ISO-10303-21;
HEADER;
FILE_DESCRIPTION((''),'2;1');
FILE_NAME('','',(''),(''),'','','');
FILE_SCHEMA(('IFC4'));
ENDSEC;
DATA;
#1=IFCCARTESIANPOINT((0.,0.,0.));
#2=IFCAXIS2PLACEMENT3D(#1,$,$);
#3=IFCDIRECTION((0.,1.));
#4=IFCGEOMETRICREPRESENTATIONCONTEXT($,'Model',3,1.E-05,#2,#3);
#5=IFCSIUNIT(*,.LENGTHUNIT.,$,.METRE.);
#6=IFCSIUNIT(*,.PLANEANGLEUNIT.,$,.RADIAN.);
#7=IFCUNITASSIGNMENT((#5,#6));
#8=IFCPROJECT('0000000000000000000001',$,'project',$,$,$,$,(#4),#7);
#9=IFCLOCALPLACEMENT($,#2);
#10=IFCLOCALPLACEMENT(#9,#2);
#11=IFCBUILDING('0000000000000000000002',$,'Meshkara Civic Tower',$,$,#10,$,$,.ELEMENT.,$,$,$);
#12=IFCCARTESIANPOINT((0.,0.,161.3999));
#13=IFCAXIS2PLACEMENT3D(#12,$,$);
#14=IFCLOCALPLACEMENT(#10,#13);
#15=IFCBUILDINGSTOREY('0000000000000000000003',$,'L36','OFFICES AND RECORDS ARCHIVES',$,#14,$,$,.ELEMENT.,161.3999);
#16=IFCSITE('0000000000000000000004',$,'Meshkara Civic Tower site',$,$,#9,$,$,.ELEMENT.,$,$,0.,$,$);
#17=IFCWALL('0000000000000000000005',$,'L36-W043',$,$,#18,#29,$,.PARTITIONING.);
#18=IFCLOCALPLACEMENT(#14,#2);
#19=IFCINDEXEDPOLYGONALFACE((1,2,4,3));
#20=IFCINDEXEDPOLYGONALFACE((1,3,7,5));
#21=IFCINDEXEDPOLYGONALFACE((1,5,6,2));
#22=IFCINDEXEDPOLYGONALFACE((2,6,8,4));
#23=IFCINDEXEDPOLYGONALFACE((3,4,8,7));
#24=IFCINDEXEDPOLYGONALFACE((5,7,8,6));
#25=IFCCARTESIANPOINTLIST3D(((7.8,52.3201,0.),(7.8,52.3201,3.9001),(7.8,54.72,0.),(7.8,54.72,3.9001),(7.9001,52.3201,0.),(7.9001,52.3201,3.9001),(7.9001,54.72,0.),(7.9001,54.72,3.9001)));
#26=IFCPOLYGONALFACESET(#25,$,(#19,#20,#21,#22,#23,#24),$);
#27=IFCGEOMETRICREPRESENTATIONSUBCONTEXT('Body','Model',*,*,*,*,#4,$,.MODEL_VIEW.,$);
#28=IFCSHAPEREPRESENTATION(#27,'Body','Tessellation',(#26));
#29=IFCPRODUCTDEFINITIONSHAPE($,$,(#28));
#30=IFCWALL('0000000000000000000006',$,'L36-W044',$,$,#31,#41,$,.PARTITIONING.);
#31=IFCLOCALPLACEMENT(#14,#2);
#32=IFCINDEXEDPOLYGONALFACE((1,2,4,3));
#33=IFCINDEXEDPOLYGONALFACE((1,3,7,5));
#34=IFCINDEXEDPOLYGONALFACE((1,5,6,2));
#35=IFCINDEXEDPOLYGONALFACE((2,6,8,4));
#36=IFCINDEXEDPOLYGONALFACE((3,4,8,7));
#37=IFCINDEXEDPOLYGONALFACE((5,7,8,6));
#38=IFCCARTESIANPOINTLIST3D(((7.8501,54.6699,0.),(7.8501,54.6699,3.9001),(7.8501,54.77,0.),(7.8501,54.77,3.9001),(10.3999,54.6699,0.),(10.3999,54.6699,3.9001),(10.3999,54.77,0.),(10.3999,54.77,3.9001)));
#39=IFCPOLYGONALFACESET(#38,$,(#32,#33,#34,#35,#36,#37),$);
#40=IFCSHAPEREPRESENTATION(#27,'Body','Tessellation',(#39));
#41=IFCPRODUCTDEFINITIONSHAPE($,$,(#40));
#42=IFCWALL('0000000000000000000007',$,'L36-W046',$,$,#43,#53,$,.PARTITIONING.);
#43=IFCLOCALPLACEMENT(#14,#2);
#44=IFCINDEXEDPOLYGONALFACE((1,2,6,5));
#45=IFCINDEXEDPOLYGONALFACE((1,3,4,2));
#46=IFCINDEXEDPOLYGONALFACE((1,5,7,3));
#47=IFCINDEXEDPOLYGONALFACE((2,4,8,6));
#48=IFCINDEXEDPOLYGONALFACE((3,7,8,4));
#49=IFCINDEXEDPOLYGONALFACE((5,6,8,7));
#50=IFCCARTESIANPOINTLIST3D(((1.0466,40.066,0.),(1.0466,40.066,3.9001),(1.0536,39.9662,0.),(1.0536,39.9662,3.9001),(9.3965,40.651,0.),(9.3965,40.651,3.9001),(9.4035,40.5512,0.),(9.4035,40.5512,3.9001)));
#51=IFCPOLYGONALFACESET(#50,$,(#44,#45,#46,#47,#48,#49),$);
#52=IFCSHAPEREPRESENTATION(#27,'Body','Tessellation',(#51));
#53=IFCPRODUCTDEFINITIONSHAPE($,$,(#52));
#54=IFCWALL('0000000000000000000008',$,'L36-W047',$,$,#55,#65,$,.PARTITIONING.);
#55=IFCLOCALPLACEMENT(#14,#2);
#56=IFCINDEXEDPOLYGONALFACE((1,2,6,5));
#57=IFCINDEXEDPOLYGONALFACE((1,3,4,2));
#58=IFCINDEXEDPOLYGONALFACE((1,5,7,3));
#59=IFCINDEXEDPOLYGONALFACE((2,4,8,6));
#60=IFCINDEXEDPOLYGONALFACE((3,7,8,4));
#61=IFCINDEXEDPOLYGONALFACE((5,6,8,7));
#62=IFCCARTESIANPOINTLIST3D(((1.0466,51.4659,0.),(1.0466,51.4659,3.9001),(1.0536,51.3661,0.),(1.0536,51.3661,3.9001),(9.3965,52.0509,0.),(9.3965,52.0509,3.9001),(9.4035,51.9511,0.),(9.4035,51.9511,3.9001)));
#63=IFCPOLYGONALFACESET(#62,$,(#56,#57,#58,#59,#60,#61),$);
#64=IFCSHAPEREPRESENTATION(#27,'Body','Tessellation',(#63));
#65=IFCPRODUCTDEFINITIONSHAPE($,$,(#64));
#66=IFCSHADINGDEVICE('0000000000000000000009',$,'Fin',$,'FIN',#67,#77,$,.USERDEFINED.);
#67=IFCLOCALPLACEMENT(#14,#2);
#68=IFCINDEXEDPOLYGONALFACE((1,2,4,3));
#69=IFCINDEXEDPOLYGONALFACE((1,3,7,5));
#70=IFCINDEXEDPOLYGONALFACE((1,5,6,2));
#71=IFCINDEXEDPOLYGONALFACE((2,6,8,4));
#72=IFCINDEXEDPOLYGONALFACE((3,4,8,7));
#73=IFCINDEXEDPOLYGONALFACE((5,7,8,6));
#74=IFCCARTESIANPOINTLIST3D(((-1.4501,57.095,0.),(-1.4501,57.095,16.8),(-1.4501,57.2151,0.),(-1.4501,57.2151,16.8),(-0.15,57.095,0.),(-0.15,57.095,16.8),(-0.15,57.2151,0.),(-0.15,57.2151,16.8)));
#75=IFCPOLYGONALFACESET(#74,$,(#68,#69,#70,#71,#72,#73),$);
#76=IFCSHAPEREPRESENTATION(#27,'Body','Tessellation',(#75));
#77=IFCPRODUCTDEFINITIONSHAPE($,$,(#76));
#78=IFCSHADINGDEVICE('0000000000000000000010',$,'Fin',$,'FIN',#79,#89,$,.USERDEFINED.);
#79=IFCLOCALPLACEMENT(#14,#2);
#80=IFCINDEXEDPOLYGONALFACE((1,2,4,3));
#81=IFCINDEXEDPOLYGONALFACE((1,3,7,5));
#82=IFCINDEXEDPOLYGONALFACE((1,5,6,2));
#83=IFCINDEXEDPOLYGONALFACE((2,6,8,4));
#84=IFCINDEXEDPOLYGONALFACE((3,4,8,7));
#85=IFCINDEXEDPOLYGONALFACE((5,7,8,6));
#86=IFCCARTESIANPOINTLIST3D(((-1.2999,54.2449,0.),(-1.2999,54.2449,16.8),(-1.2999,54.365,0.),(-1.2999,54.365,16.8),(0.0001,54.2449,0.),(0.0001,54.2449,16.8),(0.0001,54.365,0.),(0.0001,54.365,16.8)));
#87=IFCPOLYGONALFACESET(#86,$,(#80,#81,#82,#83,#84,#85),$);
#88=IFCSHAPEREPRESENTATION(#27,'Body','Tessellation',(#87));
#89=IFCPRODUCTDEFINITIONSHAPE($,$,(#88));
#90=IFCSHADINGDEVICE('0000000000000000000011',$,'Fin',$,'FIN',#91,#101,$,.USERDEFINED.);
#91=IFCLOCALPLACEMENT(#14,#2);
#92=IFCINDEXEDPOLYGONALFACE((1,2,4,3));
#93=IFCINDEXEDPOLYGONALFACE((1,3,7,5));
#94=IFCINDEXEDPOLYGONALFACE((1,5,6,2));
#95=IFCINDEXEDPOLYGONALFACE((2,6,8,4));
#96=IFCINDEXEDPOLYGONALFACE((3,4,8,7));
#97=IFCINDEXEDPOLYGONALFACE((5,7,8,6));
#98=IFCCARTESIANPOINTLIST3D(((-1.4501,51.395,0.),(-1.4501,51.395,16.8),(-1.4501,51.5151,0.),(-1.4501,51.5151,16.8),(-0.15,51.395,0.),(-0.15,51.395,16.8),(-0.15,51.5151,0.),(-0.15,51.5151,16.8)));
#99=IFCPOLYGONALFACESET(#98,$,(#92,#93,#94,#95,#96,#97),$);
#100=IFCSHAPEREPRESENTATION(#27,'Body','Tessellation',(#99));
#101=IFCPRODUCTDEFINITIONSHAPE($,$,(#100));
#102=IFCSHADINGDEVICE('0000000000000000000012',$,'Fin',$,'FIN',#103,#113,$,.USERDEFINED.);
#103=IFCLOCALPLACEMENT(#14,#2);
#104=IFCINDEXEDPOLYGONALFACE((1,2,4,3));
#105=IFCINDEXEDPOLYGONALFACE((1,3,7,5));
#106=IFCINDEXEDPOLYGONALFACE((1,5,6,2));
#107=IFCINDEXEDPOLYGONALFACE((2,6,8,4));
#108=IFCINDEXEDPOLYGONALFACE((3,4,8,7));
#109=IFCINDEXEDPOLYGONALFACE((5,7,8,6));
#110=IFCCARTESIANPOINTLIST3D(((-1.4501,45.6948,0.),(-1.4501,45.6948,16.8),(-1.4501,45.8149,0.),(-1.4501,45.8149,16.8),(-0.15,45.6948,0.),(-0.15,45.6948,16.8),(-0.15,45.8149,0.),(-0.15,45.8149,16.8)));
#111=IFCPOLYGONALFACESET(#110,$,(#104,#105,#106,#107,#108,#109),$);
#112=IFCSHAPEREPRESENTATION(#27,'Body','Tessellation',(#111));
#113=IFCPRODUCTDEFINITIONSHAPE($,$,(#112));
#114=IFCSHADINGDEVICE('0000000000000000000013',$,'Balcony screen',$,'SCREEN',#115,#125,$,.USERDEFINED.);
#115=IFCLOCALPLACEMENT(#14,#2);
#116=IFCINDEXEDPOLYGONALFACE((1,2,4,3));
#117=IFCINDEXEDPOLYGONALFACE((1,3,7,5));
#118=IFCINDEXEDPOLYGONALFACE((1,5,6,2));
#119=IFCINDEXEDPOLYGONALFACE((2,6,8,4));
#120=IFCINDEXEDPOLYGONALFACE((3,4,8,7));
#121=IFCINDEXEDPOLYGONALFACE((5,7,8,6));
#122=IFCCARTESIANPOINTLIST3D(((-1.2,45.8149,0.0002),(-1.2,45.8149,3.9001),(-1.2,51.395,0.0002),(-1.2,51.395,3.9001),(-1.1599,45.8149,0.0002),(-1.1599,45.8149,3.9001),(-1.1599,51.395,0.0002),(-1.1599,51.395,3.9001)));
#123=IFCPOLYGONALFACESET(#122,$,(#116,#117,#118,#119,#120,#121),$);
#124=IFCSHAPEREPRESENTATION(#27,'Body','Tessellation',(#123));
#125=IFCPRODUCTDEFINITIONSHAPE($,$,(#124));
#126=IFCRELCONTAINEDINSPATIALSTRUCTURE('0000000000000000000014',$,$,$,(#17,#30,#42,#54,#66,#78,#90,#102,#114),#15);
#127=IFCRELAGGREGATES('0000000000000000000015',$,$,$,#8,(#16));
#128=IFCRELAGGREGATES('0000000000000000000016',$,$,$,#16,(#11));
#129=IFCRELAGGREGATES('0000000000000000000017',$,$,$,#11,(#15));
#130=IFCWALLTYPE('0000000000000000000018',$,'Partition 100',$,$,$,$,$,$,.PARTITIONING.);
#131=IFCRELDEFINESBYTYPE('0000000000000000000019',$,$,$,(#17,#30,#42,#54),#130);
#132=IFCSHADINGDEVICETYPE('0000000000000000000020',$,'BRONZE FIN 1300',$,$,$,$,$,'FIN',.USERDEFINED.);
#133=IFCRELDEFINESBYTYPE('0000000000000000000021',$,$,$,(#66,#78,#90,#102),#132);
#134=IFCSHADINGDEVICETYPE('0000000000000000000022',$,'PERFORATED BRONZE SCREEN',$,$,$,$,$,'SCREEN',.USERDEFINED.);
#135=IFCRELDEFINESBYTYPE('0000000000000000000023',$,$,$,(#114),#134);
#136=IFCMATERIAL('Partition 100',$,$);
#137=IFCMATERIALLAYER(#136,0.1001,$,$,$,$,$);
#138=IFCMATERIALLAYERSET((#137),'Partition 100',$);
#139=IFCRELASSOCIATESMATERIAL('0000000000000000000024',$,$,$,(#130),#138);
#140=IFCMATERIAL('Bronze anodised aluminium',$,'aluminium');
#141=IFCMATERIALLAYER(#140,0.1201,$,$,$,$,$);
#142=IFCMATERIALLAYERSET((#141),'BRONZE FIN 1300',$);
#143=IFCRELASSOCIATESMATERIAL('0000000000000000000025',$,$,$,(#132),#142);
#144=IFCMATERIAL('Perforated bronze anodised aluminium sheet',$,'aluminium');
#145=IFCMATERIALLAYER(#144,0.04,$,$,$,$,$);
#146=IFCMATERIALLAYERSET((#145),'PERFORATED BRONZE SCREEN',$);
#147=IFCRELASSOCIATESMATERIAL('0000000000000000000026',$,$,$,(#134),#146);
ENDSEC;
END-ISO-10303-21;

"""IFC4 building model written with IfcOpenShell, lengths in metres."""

from ifc_helpers import new_model, si_unit, direction, frame, frame_2d, origin, origin_2d, place, context, subcontext, project, spatial, rectangle, extrude, material, layer, layer_set, type_object, element, save


model = new_model("IFC4")

# Units and contexts
model_context = context("Model", 3, precision=1e-05, world=origin(), true_north=direction((0.0, 1.0)))
body_context = subcontext(model_context, "Body", "Model", "MODEL_VIEW")
ifc_project = project(units=[si_unit("LENGTHUNIT", "METRE"), si_unit("PLANEANGLEUNIT", "RADIAN")], contexts=[model_context])

# Site, building, storey
site_placement = place(None, origin())
site = spatial("IfcSite", under=ifc_project, at=site_placement, Name="Meshkara Civic Tower site", CompositionType="ELEMENT", RefElevation=0.0)
building_placement = place(site_placement, origin())
building = spatial("IfcBuilding", under=site, at=building_placement, Name="Meshkara Civic Tower", CompositionType="ELEMENT")
storey_placement = place(building_placement, frame((0.0, 0.0, 161.3999)))
storey = spatial("IfcBuildingStorey", under=building, at=storey_placement, Name="L36", Description="OFFICES AND RECORDS ARCHIVES", CompositionType="ELEMENT", Elevation=161.3999)

# Walls
ifc_material_1 = material(Name="Partition 100")
ifc_layer_1 = layer(ifc_material_1, 0.1001)
ifc_layer_set_1 = layer_set([ifc_layer_1], Name="Partition 100")
wall_type_1 = type_object("IfcWallType", Name="Partition 100", PredefinedType="PARTITIONING", material=ifc_layer_set_1)
wall_1_placement = place(storey_placement, frame((7.8501, 52.3201, 0.0), z_axis=(0.0, 0.0, 1.0), x_axis=(0.0, 1.0, 0.0)))
element("IfcWall", 1, at=wall_1_placement, inside=storey, type_object=wall_type_1, Name="L36-W043", PredefinedType="PARTITIONING", context=body_context, shape_type="SweptSolid", body=[
    extrude(rectangle(XDim=2.3999, YDim=0.1001, at=frame_2d((1.2, 0.0))), origin(), (0.0, 0.0, 1.0), 3.9001),
])
wall_2_placement = place(storey_placement, frame((7.8501, 54.72, 0.0), z_axis=(0.0, 0.0, 1.0), x_axis=(1.0, 0.0, 0.0)))
element("IfcWall", 2, at=wall_2_placement, inside=storey, type_object=wall_type_1, Name="L36-W044", PredefinedType="PARTITIONING", context=body_context, shape_type="SweptSolid", body=[
    extrude(rectangle(XDim=2.5498, YDim=0.1001, at=frame_2d((1.2749, 0.0))), origin(), (0.0, 0.0, 1.0), 3.9001),
])
for number, where, z_axis, x_axis, name in (
    (3, (9.3999, 40.6011, 0.0), (0.0, 0.0, 1.0), (-0.997555, -0.069885, 0.0), "L36-W046"),
    (4, (9.3999, 52.001, 0.0), (0.0, 0.0, 1.0), (-0.997555, -0.069885, 0.0), "L36-W047"),
):
    element("IfcWall", number, at=place(storey_placement, frame(where, z_axis=z_axis, x_axis=x_axis)), inside=storey, type_object=wall_type_1, Name=name, PredefinedType="PARTITIONING", context=body_context, shape_type="SweptSolid", body=[
        extrude(rectangle(XDim=8.3704, YDim=0.1001, at=frame_2d((4.1851, 0.0))), origin(), (0.0, 0.0, 1.0), 3.9001),
    ])

# Shading devices
ifc_material_2 = material(Name="Bronze anodised aluminium", Category="aluminium")
ifc_layer_2 = layer(ifc_material_2, 0.1201)
ifc_layer_set_2 = layer_set([ifc_layer_2], Name="BRONZE FIN 1300")
shading_device_type_1 = type_object("IfcShadingDeviceType", Name="BRONZE FIN 1300", ElementType="FIN", PredefinedType="USERDEFINED", material=ifc_layer_set_2)
for number, where, z_axis, x_axis, name in (
    (5, (-0.8, 57.155, 0.0), (0.0, 0.0, 1.0), (0.0, -1.0, 0.0), "Fin"),
    (6, (-0.6499, 54.3049, 0.0), (0.0, 0.0, 1.0), (0.0, -1.0, 0.0), "Fin"),
    (7, (-0.8, 51.4551, 0.0), (0.0, 0.0, 1.0), (0.0, -1.0, 0.0), "Fin"),
    (8, (-0.8, 45.7549, 0.0), (0.0, 0.0, 1.0), (0.0, -1.0, 0.0), "Fin"),
):
    element("IfcShadingDevice", number, at=place(storey_placement, frame(where, z_axis=z_axis, x_axis=x_axis)), inside=storey, type_object=shading_device_type_1, Name=name, ObjectType="FIN", PredefinedType="USERDEFINED", context=body_context, shape_type="SweptSolid", body=[
        extrude(rectangle(XDim=0.1201, YDim=1.3, at=origin_2d()), origin(), (0.0, 0.0, 1.0), 16.8),
    ])
ifc_material_3 = material(Name="Perforated bronze anodised aluminium sheet", Category="aluminium")
ifc_layer_3 = layer(ifc_material_3, 0.04)
ifc_layer_set_3 = layer_set([ifc_layer_3], Name="PERFORATED BRONZE SCREEN")
shading_device_type_2 = type_object("IfcShadingDeviceType", Name="PERFORATED BRONZE SCREEN", ElementType="SCREEN", PredefinedType="USERDEFINED", material=ifc_layer_set_3)
shading_device_placement = place(storey_placement, frame((-1.1799, 48.605, 0.0002), z_axis=(0.0, 0.0, 1.0), x_axis=(0.0, -1.0, 0.0)))
element("IfcShadingDevice", 9, at=shading_device_placement, inside=storey, type_object=shading_device_type_2, Name="Balcony screen", ObjectType="SCREEN", PredefinedType="USERDEFINED", context=body_context, shape_type="SweptSolid", body=[
    extrude(rectangle(XDim=5.5801, YDim=0.04, at=origin_2d()), origin(), (0.0, 0.0, 1.0), 3.8999),
])

save(model, "model.ifc")
